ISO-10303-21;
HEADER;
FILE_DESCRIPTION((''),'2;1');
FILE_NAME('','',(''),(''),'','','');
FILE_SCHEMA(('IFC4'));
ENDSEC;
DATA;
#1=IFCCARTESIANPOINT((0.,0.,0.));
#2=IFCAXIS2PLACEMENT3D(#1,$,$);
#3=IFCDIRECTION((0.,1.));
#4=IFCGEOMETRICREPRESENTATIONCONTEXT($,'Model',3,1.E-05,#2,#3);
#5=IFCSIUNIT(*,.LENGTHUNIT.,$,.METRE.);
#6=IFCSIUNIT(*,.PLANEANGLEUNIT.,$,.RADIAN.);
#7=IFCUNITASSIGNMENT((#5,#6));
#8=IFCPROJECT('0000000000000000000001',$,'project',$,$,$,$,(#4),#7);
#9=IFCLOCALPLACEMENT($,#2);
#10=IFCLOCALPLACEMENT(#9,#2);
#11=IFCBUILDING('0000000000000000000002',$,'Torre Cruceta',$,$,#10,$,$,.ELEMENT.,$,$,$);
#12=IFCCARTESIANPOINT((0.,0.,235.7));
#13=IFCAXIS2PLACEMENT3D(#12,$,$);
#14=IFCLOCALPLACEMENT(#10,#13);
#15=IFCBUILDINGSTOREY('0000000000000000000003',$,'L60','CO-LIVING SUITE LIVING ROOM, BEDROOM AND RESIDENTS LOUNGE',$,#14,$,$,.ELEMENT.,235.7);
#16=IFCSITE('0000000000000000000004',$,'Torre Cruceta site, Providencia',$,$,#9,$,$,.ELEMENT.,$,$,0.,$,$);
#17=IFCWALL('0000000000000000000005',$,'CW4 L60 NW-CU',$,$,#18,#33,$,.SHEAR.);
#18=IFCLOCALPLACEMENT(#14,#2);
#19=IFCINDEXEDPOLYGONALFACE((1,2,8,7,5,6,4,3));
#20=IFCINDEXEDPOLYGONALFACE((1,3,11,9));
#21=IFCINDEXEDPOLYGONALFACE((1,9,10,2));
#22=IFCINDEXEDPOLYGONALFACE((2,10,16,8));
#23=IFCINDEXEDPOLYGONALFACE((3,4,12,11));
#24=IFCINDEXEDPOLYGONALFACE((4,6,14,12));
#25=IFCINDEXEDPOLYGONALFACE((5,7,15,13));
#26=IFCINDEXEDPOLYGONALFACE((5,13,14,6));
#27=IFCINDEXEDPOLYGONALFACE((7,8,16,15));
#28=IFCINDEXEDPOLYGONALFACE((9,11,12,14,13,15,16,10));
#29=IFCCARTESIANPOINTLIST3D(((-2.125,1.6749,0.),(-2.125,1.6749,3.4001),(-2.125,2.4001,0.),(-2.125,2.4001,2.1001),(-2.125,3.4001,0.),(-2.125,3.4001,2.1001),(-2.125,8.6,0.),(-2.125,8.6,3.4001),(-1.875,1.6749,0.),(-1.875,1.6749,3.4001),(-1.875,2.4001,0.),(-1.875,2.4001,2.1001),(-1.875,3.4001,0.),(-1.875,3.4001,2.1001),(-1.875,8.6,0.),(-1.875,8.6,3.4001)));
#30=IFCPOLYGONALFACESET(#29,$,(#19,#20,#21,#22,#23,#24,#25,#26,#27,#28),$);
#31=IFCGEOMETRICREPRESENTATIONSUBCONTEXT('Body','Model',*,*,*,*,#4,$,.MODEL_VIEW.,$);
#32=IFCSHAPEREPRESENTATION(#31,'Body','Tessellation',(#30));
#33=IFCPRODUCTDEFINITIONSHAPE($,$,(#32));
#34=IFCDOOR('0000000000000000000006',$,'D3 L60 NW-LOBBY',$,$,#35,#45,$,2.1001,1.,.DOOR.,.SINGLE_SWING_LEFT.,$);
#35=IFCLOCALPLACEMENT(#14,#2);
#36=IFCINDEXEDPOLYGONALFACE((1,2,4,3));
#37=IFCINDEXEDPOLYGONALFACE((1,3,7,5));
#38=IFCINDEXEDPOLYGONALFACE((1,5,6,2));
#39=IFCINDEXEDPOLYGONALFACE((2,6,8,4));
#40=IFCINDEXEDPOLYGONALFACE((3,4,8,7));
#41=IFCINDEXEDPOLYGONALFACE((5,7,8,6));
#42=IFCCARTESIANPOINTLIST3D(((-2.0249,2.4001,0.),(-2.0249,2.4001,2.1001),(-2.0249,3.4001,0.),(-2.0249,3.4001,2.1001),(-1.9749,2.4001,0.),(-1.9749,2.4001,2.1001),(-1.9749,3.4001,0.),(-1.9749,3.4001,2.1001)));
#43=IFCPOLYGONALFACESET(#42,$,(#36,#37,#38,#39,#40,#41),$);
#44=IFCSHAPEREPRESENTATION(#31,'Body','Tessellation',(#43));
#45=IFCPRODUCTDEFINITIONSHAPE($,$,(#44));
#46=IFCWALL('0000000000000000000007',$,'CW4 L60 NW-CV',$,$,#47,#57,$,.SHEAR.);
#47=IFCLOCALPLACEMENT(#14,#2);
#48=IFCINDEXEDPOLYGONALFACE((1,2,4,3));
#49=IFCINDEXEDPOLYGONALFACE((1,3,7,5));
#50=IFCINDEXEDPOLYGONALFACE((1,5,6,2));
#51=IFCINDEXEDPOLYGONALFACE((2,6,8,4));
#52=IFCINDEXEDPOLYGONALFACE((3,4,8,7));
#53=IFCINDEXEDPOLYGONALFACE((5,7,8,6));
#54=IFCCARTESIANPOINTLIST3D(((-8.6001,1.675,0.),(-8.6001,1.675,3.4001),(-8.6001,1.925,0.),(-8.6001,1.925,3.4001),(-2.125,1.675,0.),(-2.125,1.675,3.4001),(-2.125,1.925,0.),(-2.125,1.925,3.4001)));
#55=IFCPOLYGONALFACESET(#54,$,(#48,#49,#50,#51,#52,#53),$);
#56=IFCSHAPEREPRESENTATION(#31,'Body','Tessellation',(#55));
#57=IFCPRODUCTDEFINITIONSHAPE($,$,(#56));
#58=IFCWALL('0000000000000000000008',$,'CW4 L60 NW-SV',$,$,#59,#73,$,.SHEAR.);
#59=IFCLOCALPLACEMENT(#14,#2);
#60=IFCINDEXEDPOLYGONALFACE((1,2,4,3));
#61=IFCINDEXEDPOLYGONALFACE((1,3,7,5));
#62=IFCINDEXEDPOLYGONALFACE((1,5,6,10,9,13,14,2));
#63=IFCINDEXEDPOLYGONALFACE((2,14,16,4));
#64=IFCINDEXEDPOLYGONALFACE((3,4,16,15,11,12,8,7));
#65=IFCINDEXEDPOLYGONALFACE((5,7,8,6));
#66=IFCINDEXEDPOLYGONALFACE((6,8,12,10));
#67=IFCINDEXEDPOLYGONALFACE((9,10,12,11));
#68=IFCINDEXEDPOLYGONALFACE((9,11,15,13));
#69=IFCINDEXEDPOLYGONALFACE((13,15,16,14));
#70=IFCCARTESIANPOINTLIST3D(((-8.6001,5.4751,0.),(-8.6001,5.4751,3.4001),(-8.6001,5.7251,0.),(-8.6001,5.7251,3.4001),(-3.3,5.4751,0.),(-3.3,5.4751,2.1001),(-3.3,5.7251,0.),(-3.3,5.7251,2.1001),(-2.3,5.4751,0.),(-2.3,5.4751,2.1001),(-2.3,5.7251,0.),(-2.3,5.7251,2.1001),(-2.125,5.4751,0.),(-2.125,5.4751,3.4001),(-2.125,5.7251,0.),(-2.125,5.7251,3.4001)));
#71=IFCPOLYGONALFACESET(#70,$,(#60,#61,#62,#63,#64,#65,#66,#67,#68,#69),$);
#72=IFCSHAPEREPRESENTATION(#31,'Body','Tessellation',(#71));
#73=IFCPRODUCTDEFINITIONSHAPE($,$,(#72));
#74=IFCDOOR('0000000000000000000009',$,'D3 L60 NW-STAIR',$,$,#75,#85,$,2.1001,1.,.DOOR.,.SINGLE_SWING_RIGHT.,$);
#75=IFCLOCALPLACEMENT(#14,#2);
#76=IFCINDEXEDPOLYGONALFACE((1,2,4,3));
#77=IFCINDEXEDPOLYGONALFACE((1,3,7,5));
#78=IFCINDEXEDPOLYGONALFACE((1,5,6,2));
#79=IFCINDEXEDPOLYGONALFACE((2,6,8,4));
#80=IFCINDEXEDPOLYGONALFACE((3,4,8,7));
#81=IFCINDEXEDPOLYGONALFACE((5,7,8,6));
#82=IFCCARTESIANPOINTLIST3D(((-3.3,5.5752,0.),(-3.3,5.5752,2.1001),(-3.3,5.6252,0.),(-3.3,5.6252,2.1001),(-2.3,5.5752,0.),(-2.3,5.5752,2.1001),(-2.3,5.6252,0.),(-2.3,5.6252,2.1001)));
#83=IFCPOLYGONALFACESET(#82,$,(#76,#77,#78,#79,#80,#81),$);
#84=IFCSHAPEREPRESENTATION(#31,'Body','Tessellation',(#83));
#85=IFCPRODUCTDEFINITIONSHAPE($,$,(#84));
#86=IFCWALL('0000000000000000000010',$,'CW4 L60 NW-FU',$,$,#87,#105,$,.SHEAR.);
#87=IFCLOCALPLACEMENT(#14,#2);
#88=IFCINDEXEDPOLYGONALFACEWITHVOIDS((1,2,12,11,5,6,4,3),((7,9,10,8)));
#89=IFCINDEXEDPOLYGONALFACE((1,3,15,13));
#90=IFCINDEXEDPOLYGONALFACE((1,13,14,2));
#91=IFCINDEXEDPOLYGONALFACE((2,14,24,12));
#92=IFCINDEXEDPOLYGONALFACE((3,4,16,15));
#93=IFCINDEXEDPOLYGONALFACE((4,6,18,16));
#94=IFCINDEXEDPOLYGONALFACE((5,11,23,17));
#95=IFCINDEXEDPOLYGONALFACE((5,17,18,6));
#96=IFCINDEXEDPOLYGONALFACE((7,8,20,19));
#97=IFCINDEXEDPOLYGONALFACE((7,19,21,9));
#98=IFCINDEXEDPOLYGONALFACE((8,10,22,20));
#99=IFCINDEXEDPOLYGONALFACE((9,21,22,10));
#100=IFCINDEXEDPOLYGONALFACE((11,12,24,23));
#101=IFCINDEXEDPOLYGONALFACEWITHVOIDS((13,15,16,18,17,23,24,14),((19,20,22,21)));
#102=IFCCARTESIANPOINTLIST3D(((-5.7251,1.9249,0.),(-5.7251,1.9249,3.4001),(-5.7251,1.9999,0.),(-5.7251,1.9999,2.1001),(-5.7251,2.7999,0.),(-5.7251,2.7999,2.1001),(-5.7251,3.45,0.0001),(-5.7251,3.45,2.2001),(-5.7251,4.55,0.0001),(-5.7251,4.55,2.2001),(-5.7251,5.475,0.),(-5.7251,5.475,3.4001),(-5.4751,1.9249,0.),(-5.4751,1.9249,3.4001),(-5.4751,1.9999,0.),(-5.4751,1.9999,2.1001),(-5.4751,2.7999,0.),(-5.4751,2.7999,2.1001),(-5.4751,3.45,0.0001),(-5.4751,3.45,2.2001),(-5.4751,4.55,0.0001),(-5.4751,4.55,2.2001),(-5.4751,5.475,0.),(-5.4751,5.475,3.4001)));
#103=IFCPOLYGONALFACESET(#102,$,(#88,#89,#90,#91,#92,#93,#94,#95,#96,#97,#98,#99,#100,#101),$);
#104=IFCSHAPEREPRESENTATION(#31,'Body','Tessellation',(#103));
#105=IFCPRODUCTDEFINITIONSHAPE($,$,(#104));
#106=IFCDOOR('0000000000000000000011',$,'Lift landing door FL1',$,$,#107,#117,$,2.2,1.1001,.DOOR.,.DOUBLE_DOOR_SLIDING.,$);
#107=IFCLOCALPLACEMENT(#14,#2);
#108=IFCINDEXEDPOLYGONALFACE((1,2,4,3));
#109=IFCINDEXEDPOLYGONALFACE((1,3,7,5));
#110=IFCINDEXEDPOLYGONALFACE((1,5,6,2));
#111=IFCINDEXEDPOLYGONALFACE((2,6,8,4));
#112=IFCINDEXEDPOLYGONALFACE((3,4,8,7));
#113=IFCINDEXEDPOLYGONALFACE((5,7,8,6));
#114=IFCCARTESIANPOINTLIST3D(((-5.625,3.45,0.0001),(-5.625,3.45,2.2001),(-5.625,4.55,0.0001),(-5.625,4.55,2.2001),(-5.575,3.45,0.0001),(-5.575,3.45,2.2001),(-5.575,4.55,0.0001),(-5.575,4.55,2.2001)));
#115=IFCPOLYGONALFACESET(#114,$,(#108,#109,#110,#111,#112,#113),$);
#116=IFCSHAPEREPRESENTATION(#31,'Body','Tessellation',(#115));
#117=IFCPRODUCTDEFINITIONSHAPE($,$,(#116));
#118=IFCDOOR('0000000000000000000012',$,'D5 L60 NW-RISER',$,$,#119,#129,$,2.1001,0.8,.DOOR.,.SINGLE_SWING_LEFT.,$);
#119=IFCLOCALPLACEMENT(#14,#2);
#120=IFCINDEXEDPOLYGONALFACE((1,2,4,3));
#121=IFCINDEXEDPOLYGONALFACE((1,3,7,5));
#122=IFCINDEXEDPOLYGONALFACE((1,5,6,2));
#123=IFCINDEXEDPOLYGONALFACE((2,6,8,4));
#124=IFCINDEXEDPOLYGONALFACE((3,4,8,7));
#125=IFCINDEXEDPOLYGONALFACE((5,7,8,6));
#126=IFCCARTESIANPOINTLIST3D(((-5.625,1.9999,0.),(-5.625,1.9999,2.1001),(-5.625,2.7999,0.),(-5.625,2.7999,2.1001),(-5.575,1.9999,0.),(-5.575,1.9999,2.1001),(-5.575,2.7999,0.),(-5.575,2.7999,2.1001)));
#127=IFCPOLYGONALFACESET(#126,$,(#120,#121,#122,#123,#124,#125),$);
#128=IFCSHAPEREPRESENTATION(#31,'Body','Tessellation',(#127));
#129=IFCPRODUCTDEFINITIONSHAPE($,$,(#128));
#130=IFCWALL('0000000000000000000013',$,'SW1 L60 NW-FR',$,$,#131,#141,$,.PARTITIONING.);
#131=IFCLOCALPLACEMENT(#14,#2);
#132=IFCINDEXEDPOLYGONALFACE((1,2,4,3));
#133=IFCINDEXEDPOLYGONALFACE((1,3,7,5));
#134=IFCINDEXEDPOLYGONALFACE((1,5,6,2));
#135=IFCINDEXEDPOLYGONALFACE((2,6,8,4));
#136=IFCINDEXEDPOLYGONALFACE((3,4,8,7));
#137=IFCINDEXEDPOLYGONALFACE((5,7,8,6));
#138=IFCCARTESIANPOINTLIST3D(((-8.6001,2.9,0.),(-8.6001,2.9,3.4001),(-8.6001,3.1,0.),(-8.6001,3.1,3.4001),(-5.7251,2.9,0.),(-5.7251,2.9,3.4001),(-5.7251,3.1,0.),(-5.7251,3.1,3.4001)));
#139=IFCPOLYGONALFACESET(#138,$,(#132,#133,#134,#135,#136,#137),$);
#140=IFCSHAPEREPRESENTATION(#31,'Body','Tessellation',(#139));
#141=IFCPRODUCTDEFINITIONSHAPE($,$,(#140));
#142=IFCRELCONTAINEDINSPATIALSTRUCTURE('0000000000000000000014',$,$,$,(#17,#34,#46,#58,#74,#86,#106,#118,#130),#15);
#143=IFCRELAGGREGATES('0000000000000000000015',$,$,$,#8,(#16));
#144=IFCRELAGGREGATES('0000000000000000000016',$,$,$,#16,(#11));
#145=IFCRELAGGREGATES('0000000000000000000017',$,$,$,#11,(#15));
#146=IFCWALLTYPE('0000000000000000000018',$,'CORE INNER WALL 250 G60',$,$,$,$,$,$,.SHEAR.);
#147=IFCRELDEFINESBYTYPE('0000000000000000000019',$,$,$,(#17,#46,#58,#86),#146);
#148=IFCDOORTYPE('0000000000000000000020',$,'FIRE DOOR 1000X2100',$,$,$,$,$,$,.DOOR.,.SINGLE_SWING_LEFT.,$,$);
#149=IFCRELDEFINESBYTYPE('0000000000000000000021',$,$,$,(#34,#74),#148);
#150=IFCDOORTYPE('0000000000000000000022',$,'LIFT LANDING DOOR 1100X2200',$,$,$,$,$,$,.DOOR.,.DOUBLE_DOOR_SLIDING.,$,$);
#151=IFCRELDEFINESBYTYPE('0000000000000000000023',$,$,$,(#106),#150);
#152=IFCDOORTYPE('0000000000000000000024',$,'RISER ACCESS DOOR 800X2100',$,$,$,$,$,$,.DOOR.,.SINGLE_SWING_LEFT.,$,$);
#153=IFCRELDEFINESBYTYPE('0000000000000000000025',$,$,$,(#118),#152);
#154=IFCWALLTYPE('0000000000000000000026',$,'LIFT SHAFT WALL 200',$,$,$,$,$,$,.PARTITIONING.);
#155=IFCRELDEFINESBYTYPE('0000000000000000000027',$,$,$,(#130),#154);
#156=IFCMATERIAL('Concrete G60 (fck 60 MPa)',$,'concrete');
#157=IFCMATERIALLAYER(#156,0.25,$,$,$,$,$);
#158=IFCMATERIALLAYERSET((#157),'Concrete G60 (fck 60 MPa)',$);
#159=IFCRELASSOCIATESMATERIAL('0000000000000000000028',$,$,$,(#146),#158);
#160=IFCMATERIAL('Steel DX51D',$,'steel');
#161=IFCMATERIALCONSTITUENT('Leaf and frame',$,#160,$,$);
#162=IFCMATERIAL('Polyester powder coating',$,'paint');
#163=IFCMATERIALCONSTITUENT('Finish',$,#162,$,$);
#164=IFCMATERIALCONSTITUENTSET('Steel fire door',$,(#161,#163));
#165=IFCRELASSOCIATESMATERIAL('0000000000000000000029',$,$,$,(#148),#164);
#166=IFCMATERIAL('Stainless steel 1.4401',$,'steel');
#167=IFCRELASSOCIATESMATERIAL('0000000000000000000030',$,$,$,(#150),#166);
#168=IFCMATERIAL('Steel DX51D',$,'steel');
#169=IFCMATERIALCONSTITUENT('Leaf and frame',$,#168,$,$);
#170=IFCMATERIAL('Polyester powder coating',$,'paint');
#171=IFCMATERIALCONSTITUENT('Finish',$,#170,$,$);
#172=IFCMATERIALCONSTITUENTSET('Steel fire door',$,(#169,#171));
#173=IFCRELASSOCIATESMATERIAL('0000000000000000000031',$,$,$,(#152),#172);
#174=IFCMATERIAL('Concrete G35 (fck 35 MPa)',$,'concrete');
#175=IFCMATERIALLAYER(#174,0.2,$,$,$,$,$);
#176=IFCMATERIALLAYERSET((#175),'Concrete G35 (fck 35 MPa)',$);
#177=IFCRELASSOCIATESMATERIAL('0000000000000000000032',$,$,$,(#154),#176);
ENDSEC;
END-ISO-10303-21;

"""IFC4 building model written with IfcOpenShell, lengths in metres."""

from ifc_helpers import new_model, si_unit, direction, frame, frame_2d, origin, place, context, subcontext, project, spatial, rectangle, extrude, material, layer, layer_set, constituent, constituent_set, type_object, element, fill, save


model = new_model("IFC4")

# Units and contexts
model_context = context("Model", 3, precision=1e-05, world=origin(), true_north=direction((0.0, 1.0)))
body_context = subcontext(model_context, "Body", "Model", "MODEL_VIEW")
ifc_project = project(units=[si_unit("LENGTHUNIT", "METRE"), si_unit("PLANEANGLEUNIT", "RADIAN")], contexts=[model_context])

# Site, building, storey
site_placement = place(None, origin())
site = spatial("IfcSite", under=ifc_project, at=site_placement, Name="Torre Cruceta site, Providencia", CompositionType="ELEMENT", RefElevation=0.0)
building_placement = place(site_placement, origin())
building = spatial("IfcBuilding", under=site, at=building_placement, Name="Torre Cruceta", CompositionType="ELEMENT")
storey_placement = place(building_placement, frame((0.0, 0.0, 235.7)))
storey = spatial("IfcBuildingStorey", under=building, at=storey_placement, Name="L60", Description="CO-LIVING SUITE LIVING ROOM, BEDROOM AND RESIDENTS LOUNGE", CompositionType="ELEMENT", Elevation=235.7)

# Wall, opening, door
ifc_material_1 = material(Name="Concrete G60 (fck 60 MPa)", Category="concrete")
ifc_layer_1 = layer(ifc_material_1, 0.25)
ifc_layer_set_1 = layer_set([ifc_layer_1], Name="Concrete G60 (fck 60 MPa)")
wall_type_1 = type_object("IfcWallType", Name="CORE INNER WALL 250 G60", PredefinedType="SHEAR", material=ifc_layer_set_1)
wall_1_placement = place(storey_placement, frame((-2.0, 1.675, 0.0), z_axis=(0.0, 0.0, 1.0), x_axis=(0.0, 1.0, 0.0)))
wall_1 = element("IfcWall", 1, at=wall_1_placement, inside=storey, type_object=wall_type_1, Name="CW4 L60 NW-CU", PredefinedType="SHEAR", context=body_context, shape_type="SweptSolid", body=[
    extrude(rectangle(XDim=6.925, YDim=0.25, at=frame_2d((3.4624, 0.0))), origin(), (0.0, 0.0, 1.0), 3.4001),
])
opening_1_placement = place(wall_1_placement, frame((0.7251, 0.0, 0.0)))
opening_1 = element("IfcOpeningElement", 2, at=opening_1_placement, cuts=wall_1, PredefinedType="OPENING", context=body_context, shape_type="SweptSolid", body=[
    extrude(rectangle(XDim=1.0, YDim=2.1001, at=frame_2d((0.5, 1.05))), frame((0.0, 0.135, 0.0), z_axis=(0.0, -1.0, 0.0), x_axis=(1.0, 0.0, 0.0)), (0.0, 0.0, 1.0), 0.27),
])
ifc_material_2 = material(Name="Steel DX51D", Category="steel")
ifc_constituent_1 = constituent(ifc_material_2, Name="Leaf and frame")
ifc_material_3 = material(Name="Polyester powder coating", Category="paint")
ifc_constituent_2 = constituent(ifc_material_3, Name="Finish")
ifc_constituent_set_1 = constituent_set(constituents=[ifc_constituent_1, ifc_constituent_2], Name="Steel fire door")
door_type_1 = type_object("IfcDoorType", Name="FIRE DOOR 1000X2100", OperationType="SINGLE_SWING_LEFT", PredefinedType="DOOR", material=ifc_constituent_set_1)
door_1_placement = place(opening_1_placement, origin())
door_1 = element("IfcDoor", 3, at=door_1_placement, inside=storey, type_object=door_type_1, Name="D3 L60 NW-LOBBY", OperationType="SINGLE_SWING_LEFT", OverallHeight=2.1001, OverallWidth=1.0, PredefinedType="DOOR", context=body_context, shape_type="SweptSolid", body=[
    extrude(rectangle(XDim=1.0, YDim=2.1001, at=frame_2d((0.5, 1.05))), frame((0.0, 0.0249, 0.0), z_axis=(0.0, -1.0, 0.0), x_axis=(1.0, 0.0, 0.0)), (0.0, 0.0, 1.0), 0.05),
])
fill(opening_1, door_1)

# Wall
wall_2_placement = place(storey_placement, frame((-2.125, 1.8, 0.0), z_axis=(0.0, 0.0, 1.0), x_axis=(-1.0, 0.0, 0.0)))
element("IfcWall", 4, at=wall_2_placement, inside=storey, type_object=wall_type_1, Name="CW4 L60 NW-CV", PredefinedType="SHEAR", context=body_context, shape_type="SweptSolid", body=[
    extrude(rectangle(XDim=6.4751, YDim=0.25, at=frame_2d((3.2375, 0.0))), origin(), (0.0, 0.0, 1.0), 3.4001),
])

# Wall, opening, door
wall_3_placement = place(storey_placement, frame((-2.125, 5.6001, 0.0), z_axis=(0.0, 0.0, 1.0), x_axis=(-1.0, 0.0, 0.0)))
wall_3 = element("IfcWall", 5, at=wall_3_placement, inside=storey, type_object=wall_type_1, Name="CW4 L60 NW-SV", PredefinedType="SHEAR", context=body_context, shape_type="SweptSolid", body=[
    extrude(rectangle(XDim=6.4751, YDim=0.25, at=frame_2d((3.2375, 0.0))), origin(), (0.0, 0.0, 1.0), 3.4001),
])
opening_2_placement = place(wall_3_placement, frame((0.175, 0.0, 0.0)))
opening_2 = element("IfcOpeningElement", 6, at=opening_2_placement, cuts=wall_3, PredefinedType="OPENING", context=body_context, shape_type="SweptSolid", body=[
    extrude(rectangle(XDim=1.0, YDim=2.1001, at=frame_2d((0.5, 1.05))), frame((0.0, 0.135, 0.0), z_axis=(0.0, -1.0, 0.0), x_axis=(1.0, 0.0, 0.0)), (0.0, 0.0, 1.0), 0.27),
])
door_2_placement = place(opening_2_placement, frame((1.0, 0.0, 0.0), z_axis=(0.0, 0.0, 1.0), x_axis=(-1.0, 0.0, 0.0)))
door_2 = element("IfcDoor", 7, at=door_2_placement, inside=storey, type_object=door_type_1, Name="D3 L60 NW-STAIR", OperationType="SINGLE_SWING_RIGHT", OverallHeight=2.1001, OverallWidth=1.0, PredefinedType="DOOR", context=body_context, shape_type="SweptSolid", body=[
    extrude(rectangle(XDim=1.0, YDim=2.1001, at=frame_2d((0.5, 1.05))), frame((0.0, 0.0251, 0.0), z_axis=(0.0, -1.0, 0.0), x_axis=(1.0, 0.0, 0.0)), (0.0, 0.0, 1.0), 0.05),
])
fill(opening_2, door_2)

# Wall, openings, doors
wall_4_placement = place(storey_placement, frame((-5.6001, 1.925, 0.0), z_axis=(0.0, 0.0, 1.0), x_axis=(0.0, 1.0, 0.0)))
wall_4 = element("IfcWall", 8, at=wall_4_placement, inside=storey, type_object=wall_type_1, Name="CW4 L60 NW-FU", PredefinedType="SHEAR", context=body_context, shape_type="SweptSolid", body=[
    extrude(rectangle(XDim=3.55, YDim=0.25, at=frame_2d((1.7749, 0.0))), origin(), (0.0, 0.0, 1.0), 3.4001),
])
opening_3_placement = place(wall_4_placement, frame((1.5249, 0.0, 0.0)))
opening_3 = element("IfcOpeningElement", 9, at=opening_3_placement, cuts=wall_4, PredefinedType="OPENING", context=body_context, shape_type="SweptSolid", body=[
    extrude(rectangle(XDim=1.1001, YDim=2.2, at=frame_2d((0.55, 1.1001))), frame((0.0, 0.135, 0.0), z_axis=(0.0, -1.0, 0.0), x_axis=(1.0, 0.0, 0.0)), (0.0, 0.0, 1.0), 0.27),
])
opening_4_placement = place(wall_4_placement, frame((0.075, 0.0, 0.0)))
opening_4 = element("IfcOpeningElement", 10, at=opening_4_placement, cuts=wall_4, PredefinedType="OPENING", context=body_context, shape_type="SweptSolid", body=[
    extrude(rectangle(XDim=0.8, YDim=2.1001, at=frame_2d((0.3999, 1.05))), frame((0.0, 0.135, 0.0), z_axis=(0.0, -1.0, 0.0), x_axis=(1.0, 0.0, 0.0)), (0.0, 0.0, 1.0), 0.27),
])
ifc_material_4 = material(Name="Stainless steel 1.4401", Category="steel")
door_type_2 = type_object("IfcDoorType", Name="LIFT LANDING DOOR 1100X2200", OperationType="DOUBLE_DOOR_SLIDING", PredefinedType="DOOR", material=ifc_material_4)
door_3_placement = place(opening_3_placement, origin())
door_3 = element("IfcDoor", 11, at=door_3_placement, inside=storey, type_object=door_type_2, Name="Lift landing door FL1", OperationType="DOUBLE_DOOR_SLIDING", OverallHeight=2.2, OverallWidth=1.1001, PredefinedType="DOOR", context=body_context, shape_type="SweptSolid", body=[
    extrude(rectangle(XDim=1.1001, YDim=2.2, at=frame_2d((0.55, 1.1001))), frame((0.0, 0.0249, 0.0), z_axis=(0.0, -1.0, 0.0), x_axis=(1.0, 0.0, 0.0)), (0.0, 0.0, 1.0), 0.05),
])
fill(opening_3, door_3)
ifc_material_5 = material(Name="Steel DX51D", Category="steel")
ifc_constituent_3 = constituent(ifc_material_5, Name="Leaf and frame")
ifc_material_6 = material(Name="Polyester powder coating", Category="paint")
ifc_constituent_4 = constituent(ifc_material_6, Name="Finish")
ifc_constituent_set_2 = constituent_set(constituents=[ifc_constituent_3, ifc_constituent_4], Name="Steel fire door")
door_type_3 = type_object("IfcDoorType", Name="RISER ACCESS DOOR 800X2100", OperationType="SINGLE_SWING_LEFT", PredefinedType="DOOR", material=ifc_constituent_set_2)
door_4_placement = place(opening_4_placement, origin())
door_4 = element("IfcDoor", 12, at=door_4_placement, inside=storey, type_object=door_type_3, Name="D5 L60 NW-RISER", OperationType="SINGLE_SWING_LEFT", OverallHeight=2.1001, OverallWidth=0.8, PredefinedType="DOOR", context=body_context, shape_type="SweptSolid", body=[
    extrude(rectangle(XDim=0.8, YDim=2.1001, at=frame_2d((0.3999, 1.05))), frame((0.0, 0.0249, 0.0), z_axis=(0.0, -1.0, 0.0), x_axis=(1.0, 0.0, 0.0)), (0.0, 0.0, 1.0), 0.05),
])
fill(opening_4, door_4)

# Wall
ifc_material_7 = material(Name="Concrete G35 (fck 35 MPa)", Category="concrete")
ifc_layer_2 = layer(ifc_material_7, 0.2)
ifc_layer_set_2 = layer_set([ifc_layer_2], Name="Concrete G35 (fck 35 MPa)")
wall_type_2 = type_object("IfcWallType", Name="LIFT SHAFT WALL 200", PredefinedType="PARTITIONING", material=ifc_layer_set_2)
wall_5_placement = place(storey_placement, frame((-5.7251, 3.0, 0.0), z_axis=(0.0, 0.0, 1.0), x_axis=(-1.0, 0.0, 0.0)))
element("IfcWall", 13, at=wall_5_placement, inside=storey, type_object=wall_type_2, Name="SW1 L60 NW-FR", PredefinedType="PARTITIONING", context=body_context, shape_type="SweptSolid", body=[
    extrude(rectangle(XDim=2.875, YDim=0.2, at=frame_2d((1.4375, 0.0))), origin(), (0.0, 0.0, 1.0), 3.4001),
])

save(model, "model.ifc")
